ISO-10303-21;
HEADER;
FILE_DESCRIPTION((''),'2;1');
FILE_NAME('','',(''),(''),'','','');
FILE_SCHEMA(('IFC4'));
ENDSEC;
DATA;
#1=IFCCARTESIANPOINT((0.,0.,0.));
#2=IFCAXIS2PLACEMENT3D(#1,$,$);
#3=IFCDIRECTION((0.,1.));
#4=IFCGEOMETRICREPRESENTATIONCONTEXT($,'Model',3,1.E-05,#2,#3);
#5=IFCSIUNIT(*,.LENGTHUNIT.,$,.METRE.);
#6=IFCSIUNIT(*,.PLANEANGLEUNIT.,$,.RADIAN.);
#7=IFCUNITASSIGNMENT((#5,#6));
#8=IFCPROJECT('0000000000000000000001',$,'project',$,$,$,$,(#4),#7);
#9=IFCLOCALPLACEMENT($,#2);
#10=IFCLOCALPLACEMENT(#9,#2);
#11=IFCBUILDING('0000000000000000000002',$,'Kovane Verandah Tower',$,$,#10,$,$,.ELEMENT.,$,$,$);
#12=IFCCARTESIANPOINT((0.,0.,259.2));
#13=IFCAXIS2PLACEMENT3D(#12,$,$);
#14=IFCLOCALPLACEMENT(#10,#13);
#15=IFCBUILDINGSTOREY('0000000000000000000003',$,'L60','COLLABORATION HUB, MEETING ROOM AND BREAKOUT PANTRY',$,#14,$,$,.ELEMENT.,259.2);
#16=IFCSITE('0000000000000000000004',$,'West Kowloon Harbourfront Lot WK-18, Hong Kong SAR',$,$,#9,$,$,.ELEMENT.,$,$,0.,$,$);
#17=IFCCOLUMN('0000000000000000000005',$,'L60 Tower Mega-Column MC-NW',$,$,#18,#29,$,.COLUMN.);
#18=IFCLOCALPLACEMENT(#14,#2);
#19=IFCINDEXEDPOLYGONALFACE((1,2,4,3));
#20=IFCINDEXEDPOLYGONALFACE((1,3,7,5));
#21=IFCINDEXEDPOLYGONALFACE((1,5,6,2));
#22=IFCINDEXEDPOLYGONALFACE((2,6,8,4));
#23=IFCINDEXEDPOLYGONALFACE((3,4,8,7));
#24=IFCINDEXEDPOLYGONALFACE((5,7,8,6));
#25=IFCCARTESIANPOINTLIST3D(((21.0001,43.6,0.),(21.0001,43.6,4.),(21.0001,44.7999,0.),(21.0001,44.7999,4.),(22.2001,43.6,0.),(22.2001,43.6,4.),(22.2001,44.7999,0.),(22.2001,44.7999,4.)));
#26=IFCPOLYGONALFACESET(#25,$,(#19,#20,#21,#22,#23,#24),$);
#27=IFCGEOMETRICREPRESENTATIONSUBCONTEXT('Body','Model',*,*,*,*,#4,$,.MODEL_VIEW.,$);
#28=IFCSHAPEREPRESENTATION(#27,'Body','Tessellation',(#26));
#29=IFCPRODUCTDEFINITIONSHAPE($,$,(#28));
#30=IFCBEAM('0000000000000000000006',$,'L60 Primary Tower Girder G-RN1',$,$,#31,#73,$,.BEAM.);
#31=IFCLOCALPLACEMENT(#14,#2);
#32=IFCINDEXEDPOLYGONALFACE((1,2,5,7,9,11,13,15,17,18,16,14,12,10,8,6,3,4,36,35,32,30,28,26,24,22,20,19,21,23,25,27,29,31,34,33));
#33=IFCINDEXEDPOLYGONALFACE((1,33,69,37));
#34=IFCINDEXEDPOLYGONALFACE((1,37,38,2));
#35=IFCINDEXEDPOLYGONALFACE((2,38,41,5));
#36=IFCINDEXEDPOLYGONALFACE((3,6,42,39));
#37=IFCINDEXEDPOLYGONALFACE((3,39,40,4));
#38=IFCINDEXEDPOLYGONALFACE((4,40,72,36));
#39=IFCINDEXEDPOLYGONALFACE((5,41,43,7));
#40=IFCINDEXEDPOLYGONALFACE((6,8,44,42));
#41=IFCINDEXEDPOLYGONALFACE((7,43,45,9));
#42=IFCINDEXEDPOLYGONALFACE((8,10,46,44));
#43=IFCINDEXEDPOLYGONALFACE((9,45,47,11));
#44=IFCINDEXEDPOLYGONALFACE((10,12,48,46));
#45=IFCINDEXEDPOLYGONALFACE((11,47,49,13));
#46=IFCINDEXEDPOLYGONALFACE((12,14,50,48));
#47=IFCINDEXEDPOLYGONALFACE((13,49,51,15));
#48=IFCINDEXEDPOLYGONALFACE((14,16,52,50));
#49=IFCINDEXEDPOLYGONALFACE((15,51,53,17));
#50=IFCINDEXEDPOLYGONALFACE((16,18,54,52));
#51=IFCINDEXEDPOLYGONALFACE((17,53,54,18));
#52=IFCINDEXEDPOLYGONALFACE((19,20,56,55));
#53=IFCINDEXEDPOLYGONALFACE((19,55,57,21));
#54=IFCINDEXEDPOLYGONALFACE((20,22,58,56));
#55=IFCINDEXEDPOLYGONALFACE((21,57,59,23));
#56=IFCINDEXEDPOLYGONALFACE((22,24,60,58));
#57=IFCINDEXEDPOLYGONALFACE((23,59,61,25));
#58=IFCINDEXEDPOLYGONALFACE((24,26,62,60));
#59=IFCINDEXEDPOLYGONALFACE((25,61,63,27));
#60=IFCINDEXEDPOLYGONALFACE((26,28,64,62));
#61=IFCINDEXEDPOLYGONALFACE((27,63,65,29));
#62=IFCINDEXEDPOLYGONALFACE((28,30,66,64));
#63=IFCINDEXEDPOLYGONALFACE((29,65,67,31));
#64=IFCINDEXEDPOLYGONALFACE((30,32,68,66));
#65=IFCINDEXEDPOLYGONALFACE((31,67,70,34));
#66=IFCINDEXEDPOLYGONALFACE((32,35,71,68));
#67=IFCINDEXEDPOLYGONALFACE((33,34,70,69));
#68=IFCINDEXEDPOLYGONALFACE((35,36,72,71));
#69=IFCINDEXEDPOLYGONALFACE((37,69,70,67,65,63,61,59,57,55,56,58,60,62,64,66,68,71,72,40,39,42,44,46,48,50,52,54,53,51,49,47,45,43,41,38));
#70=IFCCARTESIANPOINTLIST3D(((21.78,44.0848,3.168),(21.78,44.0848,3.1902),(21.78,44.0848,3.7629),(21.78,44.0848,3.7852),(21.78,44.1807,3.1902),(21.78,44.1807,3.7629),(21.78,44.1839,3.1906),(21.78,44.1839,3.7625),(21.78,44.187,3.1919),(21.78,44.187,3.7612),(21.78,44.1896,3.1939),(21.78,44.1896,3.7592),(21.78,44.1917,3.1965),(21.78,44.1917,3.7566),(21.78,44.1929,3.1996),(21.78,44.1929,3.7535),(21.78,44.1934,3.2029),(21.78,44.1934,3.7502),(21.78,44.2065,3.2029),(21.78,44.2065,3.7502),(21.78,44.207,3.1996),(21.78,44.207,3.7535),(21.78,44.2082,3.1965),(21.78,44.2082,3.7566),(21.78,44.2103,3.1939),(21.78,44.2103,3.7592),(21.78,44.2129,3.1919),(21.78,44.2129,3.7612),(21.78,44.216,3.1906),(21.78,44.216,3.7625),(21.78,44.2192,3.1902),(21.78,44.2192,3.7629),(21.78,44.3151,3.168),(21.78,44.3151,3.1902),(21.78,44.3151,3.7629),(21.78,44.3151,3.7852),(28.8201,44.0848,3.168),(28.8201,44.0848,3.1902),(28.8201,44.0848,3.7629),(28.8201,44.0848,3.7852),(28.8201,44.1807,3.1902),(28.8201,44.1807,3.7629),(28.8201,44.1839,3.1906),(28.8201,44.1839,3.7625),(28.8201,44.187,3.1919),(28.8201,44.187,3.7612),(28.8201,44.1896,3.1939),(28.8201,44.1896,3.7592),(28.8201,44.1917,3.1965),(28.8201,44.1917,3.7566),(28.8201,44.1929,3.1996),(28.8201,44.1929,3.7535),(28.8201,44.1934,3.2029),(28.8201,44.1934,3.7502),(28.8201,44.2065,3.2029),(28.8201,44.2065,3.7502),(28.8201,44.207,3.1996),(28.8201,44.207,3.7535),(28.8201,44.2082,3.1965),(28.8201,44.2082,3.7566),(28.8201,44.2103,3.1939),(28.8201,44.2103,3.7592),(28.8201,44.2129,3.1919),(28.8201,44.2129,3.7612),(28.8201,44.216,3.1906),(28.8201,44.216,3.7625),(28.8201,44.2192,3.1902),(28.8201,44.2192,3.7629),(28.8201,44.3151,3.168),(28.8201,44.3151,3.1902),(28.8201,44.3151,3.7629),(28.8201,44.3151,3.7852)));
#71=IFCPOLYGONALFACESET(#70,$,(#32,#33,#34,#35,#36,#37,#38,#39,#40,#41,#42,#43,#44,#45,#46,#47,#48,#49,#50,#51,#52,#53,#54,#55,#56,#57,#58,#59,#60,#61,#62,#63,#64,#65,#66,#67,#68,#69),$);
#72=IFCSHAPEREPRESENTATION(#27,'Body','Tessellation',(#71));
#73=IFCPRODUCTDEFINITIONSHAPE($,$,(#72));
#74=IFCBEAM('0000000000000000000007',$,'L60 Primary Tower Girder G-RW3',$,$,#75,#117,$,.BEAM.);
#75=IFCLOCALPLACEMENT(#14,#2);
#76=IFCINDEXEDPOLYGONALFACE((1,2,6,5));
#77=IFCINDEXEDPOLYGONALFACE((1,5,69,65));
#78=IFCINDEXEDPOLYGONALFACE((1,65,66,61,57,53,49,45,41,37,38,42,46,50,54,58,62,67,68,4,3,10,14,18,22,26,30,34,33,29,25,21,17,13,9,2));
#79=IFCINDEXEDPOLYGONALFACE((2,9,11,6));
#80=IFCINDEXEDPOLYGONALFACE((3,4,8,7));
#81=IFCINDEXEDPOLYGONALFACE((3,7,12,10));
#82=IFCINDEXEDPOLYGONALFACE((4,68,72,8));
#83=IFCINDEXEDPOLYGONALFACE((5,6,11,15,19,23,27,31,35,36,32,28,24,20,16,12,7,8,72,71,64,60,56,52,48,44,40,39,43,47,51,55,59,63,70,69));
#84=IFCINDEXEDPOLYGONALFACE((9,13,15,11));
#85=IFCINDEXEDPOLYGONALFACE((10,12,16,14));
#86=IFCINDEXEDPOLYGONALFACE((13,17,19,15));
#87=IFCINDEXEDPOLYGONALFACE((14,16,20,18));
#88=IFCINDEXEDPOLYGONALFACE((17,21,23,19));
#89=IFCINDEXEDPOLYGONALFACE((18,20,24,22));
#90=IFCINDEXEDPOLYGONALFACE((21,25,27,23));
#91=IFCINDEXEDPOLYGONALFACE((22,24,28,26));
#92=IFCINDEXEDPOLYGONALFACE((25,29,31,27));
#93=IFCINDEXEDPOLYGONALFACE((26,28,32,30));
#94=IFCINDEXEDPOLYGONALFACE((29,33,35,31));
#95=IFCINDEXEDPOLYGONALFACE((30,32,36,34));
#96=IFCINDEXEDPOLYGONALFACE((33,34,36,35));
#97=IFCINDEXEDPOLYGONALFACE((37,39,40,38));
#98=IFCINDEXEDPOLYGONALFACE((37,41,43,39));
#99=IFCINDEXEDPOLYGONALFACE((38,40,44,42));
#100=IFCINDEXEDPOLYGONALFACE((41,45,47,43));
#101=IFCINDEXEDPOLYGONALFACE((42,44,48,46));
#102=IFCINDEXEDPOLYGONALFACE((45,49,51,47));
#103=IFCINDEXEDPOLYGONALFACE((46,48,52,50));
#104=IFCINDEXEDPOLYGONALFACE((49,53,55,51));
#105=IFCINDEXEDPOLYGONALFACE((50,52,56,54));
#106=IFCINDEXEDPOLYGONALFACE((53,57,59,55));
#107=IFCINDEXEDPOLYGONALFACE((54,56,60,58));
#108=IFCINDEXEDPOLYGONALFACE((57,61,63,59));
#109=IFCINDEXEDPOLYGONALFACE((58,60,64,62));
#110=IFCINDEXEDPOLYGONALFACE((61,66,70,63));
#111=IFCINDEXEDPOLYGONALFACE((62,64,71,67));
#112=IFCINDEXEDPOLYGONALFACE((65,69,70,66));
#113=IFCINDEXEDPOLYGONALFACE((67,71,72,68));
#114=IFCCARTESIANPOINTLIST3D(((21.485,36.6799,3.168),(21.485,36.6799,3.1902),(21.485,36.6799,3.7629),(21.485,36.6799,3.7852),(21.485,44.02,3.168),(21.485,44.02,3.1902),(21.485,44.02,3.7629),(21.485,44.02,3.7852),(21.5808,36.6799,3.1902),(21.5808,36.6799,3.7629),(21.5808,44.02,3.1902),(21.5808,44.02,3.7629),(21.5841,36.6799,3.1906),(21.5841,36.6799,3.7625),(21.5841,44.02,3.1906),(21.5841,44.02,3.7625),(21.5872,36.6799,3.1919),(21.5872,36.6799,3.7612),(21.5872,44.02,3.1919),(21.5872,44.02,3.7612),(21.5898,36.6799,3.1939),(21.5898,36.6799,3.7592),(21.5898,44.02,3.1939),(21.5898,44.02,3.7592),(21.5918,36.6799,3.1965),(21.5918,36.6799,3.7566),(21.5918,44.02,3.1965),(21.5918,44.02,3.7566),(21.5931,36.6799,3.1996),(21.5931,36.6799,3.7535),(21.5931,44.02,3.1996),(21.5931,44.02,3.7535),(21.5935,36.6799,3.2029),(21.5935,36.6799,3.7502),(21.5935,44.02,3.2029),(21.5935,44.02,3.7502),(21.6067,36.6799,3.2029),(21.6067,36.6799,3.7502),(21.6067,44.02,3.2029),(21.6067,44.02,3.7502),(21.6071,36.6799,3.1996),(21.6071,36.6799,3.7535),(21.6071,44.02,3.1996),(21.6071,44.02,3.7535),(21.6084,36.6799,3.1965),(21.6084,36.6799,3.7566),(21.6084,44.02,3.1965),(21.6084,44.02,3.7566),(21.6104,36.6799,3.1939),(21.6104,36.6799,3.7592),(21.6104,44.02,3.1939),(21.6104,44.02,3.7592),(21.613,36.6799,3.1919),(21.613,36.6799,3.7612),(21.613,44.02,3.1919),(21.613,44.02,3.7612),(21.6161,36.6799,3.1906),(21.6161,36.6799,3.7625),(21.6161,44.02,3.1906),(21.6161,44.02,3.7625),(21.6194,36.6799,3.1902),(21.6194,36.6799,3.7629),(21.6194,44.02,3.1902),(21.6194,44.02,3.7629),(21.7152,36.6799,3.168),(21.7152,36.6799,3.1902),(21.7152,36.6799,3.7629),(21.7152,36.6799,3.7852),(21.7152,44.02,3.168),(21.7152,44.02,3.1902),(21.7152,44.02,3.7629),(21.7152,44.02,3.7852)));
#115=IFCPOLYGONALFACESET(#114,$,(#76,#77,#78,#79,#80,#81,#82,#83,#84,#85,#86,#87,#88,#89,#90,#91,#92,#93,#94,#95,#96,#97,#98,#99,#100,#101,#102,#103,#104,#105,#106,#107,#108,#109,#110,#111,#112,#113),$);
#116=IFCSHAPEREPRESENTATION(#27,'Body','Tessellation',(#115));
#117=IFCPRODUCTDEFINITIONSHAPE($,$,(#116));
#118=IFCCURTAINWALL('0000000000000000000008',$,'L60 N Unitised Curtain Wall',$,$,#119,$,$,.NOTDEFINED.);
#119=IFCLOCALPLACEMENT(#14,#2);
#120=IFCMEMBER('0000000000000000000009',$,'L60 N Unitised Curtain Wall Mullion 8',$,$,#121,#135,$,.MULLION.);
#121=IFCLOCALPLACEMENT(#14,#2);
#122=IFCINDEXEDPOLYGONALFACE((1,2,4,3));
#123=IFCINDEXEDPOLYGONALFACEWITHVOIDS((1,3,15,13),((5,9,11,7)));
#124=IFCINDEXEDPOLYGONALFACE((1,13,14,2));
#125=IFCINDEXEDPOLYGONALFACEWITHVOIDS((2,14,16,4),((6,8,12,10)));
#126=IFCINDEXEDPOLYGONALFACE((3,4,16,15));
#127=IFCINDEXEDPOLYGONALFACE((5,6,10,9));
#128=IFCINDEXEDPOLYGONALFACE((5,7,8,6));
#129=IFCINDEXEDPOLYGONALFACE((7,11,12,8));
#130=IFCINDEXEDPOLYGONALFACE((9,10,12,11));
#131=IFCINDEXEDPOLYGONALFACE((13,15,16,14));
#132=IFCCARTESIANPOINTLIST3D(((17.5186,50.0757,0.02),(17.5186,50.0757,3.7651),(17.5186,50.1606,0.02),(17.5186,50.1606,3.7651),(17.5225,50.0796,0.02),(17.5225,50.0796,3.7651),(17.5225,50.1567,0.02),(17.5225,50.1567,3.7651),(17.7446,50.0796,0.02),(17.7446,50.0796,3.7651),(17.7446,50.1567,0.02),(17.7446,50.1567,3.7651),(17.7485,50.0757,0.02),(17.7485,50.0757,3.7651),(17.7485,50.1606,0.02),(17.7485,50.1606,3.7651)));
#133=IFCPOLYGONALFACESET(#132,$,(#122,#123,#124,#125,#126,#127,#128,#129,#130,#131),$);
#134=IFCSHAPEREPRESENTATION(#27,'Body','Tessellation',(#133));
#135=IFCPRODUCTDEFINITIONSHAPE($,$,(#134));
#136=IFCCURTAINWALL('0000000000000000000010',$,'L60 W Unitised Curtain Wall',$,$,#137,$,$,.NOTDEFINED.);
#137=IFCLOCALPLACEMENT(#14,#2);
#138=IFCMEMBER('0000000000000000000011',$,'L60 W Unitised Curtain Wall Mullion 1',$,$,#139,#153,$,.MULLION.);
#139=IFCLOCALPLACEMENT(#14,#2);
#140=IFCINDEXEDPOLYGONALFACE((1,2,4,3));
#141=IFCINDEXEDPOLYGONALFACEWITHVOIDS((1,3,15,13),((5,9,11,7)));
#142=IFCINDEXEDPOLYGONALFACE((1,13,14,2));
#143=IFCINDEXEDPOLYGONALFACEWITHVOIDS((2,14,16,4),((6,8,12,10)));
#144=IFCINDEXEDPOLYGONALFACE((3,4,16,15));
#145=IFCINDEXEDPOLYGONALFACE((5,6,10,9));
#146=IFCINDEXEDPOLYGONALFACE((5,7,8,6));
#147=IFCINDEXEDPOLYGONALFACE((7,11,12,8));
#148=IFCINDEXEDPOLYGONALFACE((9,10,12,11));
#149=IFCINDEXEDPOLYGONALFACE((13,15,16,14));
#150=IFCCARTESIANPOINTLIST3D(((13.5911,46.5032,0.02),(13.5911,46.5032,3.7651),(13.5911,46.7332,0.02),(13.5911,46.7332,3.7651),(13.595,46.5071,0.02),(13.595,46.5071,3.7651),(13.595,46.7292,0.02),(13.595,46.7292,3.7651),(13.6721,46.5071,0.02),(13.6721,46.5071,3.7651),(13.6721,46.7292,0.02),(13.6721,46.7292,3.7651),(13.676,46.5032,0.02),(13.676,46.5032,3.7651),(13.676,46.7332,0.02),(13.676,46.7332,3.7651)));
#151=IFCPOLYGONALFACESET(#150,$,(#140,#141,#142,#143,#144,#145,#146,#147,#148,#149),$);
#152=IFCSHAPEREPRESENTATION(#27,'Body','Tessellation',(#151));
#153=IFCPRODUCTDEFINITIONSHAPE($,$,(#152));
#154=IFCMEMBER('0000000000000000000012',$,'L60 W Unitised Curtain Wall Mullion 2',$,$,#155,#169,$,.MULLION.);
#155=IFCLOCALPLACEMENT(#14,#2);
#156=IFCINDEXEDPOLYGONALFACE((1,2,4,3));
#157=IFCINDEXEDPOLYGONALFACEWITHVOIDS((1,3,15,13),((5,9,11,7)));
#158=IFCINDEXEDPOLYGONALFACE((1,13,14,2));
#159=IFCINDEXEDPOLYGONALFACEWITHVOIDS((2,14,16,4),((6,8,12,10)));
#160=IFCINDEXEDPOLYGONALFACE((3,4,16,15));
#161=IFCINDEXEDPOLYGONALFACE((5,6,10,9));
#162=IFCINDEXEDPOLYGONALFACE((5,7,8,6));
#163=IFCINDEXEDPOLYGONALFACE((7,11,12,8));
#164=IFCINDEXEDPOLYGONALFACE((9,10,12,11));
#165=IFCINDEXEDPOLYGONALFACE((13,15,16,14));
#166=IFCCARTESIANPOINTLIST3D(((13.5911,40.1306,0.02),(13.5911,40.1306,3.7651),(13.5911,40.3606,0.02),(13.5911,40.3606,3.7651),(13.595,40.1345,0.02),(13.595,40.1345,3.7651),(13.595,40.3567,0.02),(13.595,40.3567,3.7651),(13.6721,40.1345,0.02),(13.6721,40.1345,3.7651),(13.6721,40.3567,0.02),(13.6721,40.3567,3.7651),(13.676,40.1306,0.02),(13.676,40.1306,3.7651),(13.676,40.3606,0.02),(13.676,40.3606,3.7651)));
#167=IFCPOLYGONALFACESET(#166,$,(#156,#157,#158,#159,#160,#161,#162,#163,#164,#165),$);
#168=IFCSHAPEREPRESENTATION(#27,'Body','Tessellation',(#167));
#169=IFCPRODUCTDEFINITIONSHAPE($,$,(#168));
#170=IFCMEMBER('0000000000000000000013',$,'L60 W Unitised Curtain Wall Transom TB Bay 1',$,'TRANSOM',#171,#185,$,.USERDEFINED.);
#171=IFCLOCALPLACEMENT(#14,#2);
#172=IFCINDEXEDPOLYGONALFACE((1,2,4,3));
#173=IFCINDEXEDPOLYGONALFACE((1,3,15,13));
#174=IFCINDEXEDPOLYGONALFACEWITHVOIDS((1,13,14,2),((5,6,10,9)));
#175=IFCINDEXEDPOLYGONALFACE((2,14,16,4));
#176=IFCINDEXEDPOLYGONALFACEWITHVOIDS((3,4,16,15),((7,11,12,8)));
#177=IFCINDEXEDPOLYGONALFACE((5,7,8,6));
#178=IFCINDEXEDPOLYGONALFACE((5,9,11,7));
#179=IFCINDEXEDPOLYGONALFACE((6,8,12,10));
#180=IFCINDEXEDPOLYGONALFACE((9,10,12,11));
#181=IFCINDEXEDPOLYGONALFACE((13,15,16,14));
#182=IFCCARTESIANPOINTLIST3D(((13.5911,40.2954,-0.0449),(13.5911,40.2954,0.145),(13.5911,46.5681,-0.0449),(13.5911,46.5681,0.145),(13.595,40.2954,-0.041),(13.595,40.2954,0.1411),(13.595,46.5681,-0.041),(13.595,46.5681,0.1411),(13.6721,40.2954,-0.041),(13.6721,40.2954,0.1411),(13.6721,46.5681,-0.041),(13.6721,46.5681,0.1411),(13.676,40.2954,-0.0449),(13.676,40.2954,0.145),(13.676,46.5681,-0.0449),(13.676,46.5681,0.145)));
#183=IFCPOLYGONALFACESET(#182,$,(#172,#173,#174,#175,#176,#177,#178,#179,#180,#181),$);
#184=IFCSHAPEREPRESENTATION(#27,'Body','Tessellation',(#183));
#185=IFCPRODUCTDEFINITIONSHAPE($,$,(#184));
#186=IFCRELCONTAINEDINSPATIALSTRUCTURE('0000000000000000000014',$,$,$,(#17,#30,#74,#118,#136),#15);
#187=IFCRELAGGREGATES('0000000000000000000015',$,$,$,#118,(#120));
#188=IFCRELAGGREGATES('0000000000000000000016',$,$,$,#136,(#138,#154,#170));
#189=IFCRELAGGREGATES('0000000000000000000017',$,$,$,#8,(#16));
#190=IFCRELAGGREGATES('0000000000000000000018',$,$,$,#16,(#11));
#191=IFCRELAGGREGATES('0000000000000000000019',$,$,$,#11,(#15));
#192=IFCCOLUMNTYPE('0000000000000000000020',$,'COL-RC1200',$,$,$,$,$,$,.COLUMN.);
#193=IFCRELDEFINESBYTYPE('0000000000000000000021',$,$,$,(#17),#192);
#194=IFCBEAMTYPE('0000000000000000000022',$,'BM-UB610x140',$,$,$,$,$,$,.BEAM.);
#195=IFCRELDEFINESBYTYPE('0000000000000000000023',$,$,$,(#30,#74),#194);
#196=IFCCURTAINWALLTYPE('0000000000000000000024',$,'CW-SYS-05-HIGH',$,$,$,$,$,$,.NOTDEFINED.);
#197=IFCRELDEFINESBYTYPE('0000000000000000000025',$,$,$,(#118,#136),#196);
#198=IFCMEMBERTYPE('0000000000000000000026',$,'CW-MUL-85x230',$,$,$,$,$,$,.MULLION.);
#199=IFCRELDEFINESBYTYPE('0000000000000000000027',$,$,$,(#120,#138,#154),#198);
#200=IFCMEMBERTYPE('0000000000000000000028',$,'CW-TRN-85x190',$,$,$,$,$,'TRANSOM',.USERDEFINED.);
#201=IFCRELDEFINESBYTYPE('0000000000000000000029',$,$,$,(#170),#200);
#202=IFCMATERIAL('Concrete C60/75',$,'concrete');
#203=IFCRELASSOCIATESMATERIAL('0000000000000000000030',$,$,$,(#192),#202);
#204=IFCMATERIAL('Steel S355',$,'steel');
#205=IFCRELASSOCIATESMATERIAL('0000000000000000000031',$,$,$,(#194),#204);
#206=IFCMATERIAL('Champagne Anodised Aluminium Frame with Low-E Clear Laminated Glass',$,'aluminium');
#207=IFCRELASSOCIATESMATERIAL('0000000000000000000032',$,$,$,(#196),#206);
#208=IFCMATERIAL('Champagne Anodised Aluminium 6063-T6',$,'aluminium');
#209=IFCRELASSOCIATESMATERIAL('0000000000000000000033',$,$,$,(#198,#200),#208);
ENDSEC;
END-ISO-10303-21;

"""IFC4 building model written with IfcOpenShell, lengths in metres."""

from ifc_helpers import new_model, si_unit, direction, frame, origin, origin_2d, place, context, subcontext, project, spatial, rectangle, hollow_rectangle, i_section, extrude, material, material_profile, profile_set, type_object, element, aggregate, save


model = new_model("IFC4")

# Units and contexts
model_context = context("Model", 3, precision=1e-05, world=origin(), true_north=direction((0.0, 1.0)))
body_context = subcontext(model_context, "Body", "Model", "MODEL_VIEW")
ifc_project = project(units=[si_unit("LENGTHUNIT", "METRE"), si_unit("PLANEANGLEUNIT", "RADIAN")], contexts=[model_context])

# Site, building, storey
site_placement = place(None, origin())
site = spatial("IfcSite", under=ifc_project, at=site_placement, Name="West Kowloon Harbourfront Lot WK-18, Hong Kong SAR", CompositionType="ELEMENT", RefElevation=0.0)
building_placement = place(site_placement, origin())
building = spatial("IfcBuilding", under=site, at=building_placement, Name="Kovane Verandah Tower", CompositionType="ELEMENT")
storey_placement = place(building_placement, frame((0.0, 0.0, 259.2)))
storey = spatial("IfcBuildingStorey", under=building, at=storey_placement, Name="L60", Description="COLLABORATION HUB, MEETING ROOM AND BREAKOUT PANTRY", CompositionType="ELEMENT", Elevation=259.2)

# Column
ifc_material_1 = material(Name="Concrete C60/75", Category="concrete")
ifc_material_profile_1 = material_profile(ifc_material_1, rectangle(XDim=1.2, YDim=1.2, at=origin_2d()), Name="RC1200x1200")
ifc_profile_set_1 = profile_set([ifc_material_profile_1], Name="Concrete C60/75")
column_type = type_object("IfcColumnType", Name="COL-RC1200", PredefinedType="COLUMN", material=ifc_profile_set_1)
column_placement = place(storey_placement, frame((21.6001, 44.2, 0.0), z_axis=(0.0, 0.0, 1.0), x_axis=(1.0, 0.0, 0.0)))
element("IfcColumn", 1, at=column_placement, inside=storey, type_object=column_type, Name="L60 Tower Mega-Column MC-NW", PredefinedType="COLUMN", context=body_context, shape_type="SweptSolid", body=[
    extrude(rectangle(XDim=1.2, YDim=1.2, at=origin_2d()), origin(), (0.0, 0.0, 1.0), 4.0),
])

# Beams
ifc_material_2 = material(Name="Steel S355", Category="steel")
ifc_material_profile_2 = material_profile(ifc_material_2, i_section(OverallWidth=0.2302, OverallDepth=0.6172, WebThickness=0.0132, FlangeThickness=0.0222, FilletRadius=0.0127, at=origin_2d()), Name="UB610x229x140")
ifc_profile_set_2 = profile_set([ifc_material_profile_2], Name="Steel S355")
beam_type = type_object("IfcBeamType", Name="BM-UB610x140", PredefinedType="BEAM", material=ifc_profile_set_2)
beam_1_placement = place(storey_placement, frame((21.78, 44.2, 3.4766), z_axis=(1.0, 0.0, 0.0), x_axis=(0.0, 1.0, 0.0)))
element("IfcBeam", 2, at=beam_1_placement, inside=storey, type_object=beam_type, Name="L60 Primary Tower Girder G-RN1", PredefinedType="BEAM", context=body_context, shape_type="SweptSolid", body=[
    extrude(i_section(OverallWidth=0.2302, OverallDepth=0.6172, WebThickness=0.0132, FlangeThickness=0.0222, FilletRadius=0.0127, at=origin_2d()), origin(), (0.0, 0.0, 1.0), 7.04),
])
beam_2_placement = place(storey_placement, frame((21.6001, 36.6799, 3.4766), z_axis=(0.0, 1.0, 0.0), x_axis=(-1.0, 0.0, 0.0)))
element("IfcBeam", 3, at=beam_2_placement, inside=storey, type_object=beam_type, Name="L60 Primary Tower Girder G-RW3", PredefinedType="BEAM", context=body_context, shape_type="SweptSolid", body=[
    extrude(i_section(OverallWidth=0.2302, OverallDepth=0.6172, WebThickness=0.0132, FlangeThickness=0.0222, FilletRadius=0.0127, at=origin_2d()), origin(), (0.0, 0.0, 1.0), 7.3401),
])

# Curtain wall, member
ifc_material_3 = material(Name="Champagne Anodised Aluminium Frame with Low-E Clear Laminated Glass", Category="aluminium")
curtain_wall_type = type_object("IfcCurtainWallType", Name="CW-SYS-05-HIGH", PredefinedType="NOTDEFINED", material=ifc_material_3)
curtain_wall_1_placement = place(storey_placement, origin())
curtain_wall_1 = element("IfcCurtainWall", 4, at=curtain_wall_1_placement, inside=storey, type_object=curtain_wall_type, Name="L60 N Unitised Curtain Wall", PredefinedType="NOTDEFINED")
ifc_material_4 = material(Name="Champagne Anodised Aluminium 6063-T6", Category="aluminium")
ifc_material_profile_3 = material_profile(ifc_material_4, hollow_rectangle(XDim=0.085, YDim=0.23, WallThickness=0.0039, at=origin_2d()), Name="AL85x230x4")
ifc_profile_set_3 = profile_set([ifc_material_profile_3], Name="Champagne Anodised Aluminium 6063-T6")
member_type_1 = type_object("IfcMemberType", Name="CW-MUL-85x230", PredefinedType="MULLION", material=ifc_profile_set_3)
member_1_placement = place(storey_placement, frame((17.6335, 50.1182, 0.02), z_axis=(0.0, 0.0, 1.0), x_axis=(0.0, 1.0, 0.0)))
member_1 = element("IfcMember", 5, at=member_1_placement, type_object=member_type_1, Name="L60 N Unitised Curtain Wall Mullion 8", PredefinedType="MULLION", context=body_context, shape_type="SweptSolid", body=[
    extrude(hollow_rectangle(XDim=0.085, YDim=0.23, WallThickness=0.0039, at=origin_2d()), origin(), (0.0, 0.0, 1.0), 3.7451),
])

# Curtain wall, members
curtain_wall_2_placement = place(storey_placement, origin())
curtain_wall_2 = element("IfcCurtainWall", 6, at=curtain_wall_2_placement, inside=storey, type_object=curtain_wall_type, Name="L60 W Unitised Curtain Wall", PredefinedType="NOTDEFINED")
member_2_placement = place(storey_placement, frame((13.6335, 46.6182, 0.02), z_axis=(0.0, 0.0, 1.0), x_axis=(-1.0, 0.0, 0.0)))
member_2 = element("IfcMember", 7, at=member_2_placement, type_object=member_type_1, Name="L60 W Unitised Curtain Wall Mullion 1", PredefinedType="MULLION", context=body_context, shape_type="SweptSolid", body=[
    extrude(hollow_rectangle(XDim=0.085, YDim=0.23, WallThickness=0.0039, at=origin_2d()), origin(), (0.0, 0.0, 1.0), 3.7451),
])
member_3_placement = place(storey_placement, frame((13.6335, 40.2456, 0.02), z_axis=(0.0, 0.0, 1.0), x_axis=(-1.0, 0.0, 0.0)))
member_3 = element("IfcMember", 8, at=member_3_placement, type_object=member_type_1, Name="L60 W Unitised Curtain Wall Mullion 2", PredefinedType="MULLION", context=body_context, shape_type="SweptSolid", body=[
    extrude(hollow_rectangle(XDim=0.085, YDim=0.23, WallThickness=0.0039, at=origin_2d()), origin(), (0.0, 0.0, 1.0), 3.7451),
])
ifc_material_profile_4 = material_profile(ifc_material_4, hollow_rectangle(XDim=0.085, YDim=0.1899, WallThickness=0.0039, at=origin_2d()), Name="AL85x190x4")
ifc_profile_set_4 = profile_set([ifc_material_profile_4], Name="Champagne Anodised Aluminium 6063-T6")
member_type_2 = type_object("IfcMemberType", Name="CW-TRN-85x190", ElementType="TRANSOM", PredefinedType="USERDEFINED", material=ifc_profile_set_4)
member_4_placement = place(storey_placement, frame((13.6335, 46.5681, 0.05), z_axis=(0.0, -1.0, 0.0), x_axis=(1.0, 0.0, 0.0)))
member_4 = element("IfcMember", 9, at=member_4_placement, type_object=member_type_2, Name="L60 W Unitised Curtain Wall Transom TB Bay 1", ObjectType="TRANSOM", PredefinedType="USERDEFINED", context=body_context, shape_type="SweptSolid", body=[
    extrude(hollow_rectangle(XDim=0.085, YDim=0.1899, WallThickness=0.0039, at=origin_2d()), origin(), (0.0, 0.0, 1.0), 6.2727),
])

aggregate(curtain_wall_1, [member_1])
aggregate(curtain_wall_2, [member_2, member_3, member_4])

save(model, "model.ifc")
